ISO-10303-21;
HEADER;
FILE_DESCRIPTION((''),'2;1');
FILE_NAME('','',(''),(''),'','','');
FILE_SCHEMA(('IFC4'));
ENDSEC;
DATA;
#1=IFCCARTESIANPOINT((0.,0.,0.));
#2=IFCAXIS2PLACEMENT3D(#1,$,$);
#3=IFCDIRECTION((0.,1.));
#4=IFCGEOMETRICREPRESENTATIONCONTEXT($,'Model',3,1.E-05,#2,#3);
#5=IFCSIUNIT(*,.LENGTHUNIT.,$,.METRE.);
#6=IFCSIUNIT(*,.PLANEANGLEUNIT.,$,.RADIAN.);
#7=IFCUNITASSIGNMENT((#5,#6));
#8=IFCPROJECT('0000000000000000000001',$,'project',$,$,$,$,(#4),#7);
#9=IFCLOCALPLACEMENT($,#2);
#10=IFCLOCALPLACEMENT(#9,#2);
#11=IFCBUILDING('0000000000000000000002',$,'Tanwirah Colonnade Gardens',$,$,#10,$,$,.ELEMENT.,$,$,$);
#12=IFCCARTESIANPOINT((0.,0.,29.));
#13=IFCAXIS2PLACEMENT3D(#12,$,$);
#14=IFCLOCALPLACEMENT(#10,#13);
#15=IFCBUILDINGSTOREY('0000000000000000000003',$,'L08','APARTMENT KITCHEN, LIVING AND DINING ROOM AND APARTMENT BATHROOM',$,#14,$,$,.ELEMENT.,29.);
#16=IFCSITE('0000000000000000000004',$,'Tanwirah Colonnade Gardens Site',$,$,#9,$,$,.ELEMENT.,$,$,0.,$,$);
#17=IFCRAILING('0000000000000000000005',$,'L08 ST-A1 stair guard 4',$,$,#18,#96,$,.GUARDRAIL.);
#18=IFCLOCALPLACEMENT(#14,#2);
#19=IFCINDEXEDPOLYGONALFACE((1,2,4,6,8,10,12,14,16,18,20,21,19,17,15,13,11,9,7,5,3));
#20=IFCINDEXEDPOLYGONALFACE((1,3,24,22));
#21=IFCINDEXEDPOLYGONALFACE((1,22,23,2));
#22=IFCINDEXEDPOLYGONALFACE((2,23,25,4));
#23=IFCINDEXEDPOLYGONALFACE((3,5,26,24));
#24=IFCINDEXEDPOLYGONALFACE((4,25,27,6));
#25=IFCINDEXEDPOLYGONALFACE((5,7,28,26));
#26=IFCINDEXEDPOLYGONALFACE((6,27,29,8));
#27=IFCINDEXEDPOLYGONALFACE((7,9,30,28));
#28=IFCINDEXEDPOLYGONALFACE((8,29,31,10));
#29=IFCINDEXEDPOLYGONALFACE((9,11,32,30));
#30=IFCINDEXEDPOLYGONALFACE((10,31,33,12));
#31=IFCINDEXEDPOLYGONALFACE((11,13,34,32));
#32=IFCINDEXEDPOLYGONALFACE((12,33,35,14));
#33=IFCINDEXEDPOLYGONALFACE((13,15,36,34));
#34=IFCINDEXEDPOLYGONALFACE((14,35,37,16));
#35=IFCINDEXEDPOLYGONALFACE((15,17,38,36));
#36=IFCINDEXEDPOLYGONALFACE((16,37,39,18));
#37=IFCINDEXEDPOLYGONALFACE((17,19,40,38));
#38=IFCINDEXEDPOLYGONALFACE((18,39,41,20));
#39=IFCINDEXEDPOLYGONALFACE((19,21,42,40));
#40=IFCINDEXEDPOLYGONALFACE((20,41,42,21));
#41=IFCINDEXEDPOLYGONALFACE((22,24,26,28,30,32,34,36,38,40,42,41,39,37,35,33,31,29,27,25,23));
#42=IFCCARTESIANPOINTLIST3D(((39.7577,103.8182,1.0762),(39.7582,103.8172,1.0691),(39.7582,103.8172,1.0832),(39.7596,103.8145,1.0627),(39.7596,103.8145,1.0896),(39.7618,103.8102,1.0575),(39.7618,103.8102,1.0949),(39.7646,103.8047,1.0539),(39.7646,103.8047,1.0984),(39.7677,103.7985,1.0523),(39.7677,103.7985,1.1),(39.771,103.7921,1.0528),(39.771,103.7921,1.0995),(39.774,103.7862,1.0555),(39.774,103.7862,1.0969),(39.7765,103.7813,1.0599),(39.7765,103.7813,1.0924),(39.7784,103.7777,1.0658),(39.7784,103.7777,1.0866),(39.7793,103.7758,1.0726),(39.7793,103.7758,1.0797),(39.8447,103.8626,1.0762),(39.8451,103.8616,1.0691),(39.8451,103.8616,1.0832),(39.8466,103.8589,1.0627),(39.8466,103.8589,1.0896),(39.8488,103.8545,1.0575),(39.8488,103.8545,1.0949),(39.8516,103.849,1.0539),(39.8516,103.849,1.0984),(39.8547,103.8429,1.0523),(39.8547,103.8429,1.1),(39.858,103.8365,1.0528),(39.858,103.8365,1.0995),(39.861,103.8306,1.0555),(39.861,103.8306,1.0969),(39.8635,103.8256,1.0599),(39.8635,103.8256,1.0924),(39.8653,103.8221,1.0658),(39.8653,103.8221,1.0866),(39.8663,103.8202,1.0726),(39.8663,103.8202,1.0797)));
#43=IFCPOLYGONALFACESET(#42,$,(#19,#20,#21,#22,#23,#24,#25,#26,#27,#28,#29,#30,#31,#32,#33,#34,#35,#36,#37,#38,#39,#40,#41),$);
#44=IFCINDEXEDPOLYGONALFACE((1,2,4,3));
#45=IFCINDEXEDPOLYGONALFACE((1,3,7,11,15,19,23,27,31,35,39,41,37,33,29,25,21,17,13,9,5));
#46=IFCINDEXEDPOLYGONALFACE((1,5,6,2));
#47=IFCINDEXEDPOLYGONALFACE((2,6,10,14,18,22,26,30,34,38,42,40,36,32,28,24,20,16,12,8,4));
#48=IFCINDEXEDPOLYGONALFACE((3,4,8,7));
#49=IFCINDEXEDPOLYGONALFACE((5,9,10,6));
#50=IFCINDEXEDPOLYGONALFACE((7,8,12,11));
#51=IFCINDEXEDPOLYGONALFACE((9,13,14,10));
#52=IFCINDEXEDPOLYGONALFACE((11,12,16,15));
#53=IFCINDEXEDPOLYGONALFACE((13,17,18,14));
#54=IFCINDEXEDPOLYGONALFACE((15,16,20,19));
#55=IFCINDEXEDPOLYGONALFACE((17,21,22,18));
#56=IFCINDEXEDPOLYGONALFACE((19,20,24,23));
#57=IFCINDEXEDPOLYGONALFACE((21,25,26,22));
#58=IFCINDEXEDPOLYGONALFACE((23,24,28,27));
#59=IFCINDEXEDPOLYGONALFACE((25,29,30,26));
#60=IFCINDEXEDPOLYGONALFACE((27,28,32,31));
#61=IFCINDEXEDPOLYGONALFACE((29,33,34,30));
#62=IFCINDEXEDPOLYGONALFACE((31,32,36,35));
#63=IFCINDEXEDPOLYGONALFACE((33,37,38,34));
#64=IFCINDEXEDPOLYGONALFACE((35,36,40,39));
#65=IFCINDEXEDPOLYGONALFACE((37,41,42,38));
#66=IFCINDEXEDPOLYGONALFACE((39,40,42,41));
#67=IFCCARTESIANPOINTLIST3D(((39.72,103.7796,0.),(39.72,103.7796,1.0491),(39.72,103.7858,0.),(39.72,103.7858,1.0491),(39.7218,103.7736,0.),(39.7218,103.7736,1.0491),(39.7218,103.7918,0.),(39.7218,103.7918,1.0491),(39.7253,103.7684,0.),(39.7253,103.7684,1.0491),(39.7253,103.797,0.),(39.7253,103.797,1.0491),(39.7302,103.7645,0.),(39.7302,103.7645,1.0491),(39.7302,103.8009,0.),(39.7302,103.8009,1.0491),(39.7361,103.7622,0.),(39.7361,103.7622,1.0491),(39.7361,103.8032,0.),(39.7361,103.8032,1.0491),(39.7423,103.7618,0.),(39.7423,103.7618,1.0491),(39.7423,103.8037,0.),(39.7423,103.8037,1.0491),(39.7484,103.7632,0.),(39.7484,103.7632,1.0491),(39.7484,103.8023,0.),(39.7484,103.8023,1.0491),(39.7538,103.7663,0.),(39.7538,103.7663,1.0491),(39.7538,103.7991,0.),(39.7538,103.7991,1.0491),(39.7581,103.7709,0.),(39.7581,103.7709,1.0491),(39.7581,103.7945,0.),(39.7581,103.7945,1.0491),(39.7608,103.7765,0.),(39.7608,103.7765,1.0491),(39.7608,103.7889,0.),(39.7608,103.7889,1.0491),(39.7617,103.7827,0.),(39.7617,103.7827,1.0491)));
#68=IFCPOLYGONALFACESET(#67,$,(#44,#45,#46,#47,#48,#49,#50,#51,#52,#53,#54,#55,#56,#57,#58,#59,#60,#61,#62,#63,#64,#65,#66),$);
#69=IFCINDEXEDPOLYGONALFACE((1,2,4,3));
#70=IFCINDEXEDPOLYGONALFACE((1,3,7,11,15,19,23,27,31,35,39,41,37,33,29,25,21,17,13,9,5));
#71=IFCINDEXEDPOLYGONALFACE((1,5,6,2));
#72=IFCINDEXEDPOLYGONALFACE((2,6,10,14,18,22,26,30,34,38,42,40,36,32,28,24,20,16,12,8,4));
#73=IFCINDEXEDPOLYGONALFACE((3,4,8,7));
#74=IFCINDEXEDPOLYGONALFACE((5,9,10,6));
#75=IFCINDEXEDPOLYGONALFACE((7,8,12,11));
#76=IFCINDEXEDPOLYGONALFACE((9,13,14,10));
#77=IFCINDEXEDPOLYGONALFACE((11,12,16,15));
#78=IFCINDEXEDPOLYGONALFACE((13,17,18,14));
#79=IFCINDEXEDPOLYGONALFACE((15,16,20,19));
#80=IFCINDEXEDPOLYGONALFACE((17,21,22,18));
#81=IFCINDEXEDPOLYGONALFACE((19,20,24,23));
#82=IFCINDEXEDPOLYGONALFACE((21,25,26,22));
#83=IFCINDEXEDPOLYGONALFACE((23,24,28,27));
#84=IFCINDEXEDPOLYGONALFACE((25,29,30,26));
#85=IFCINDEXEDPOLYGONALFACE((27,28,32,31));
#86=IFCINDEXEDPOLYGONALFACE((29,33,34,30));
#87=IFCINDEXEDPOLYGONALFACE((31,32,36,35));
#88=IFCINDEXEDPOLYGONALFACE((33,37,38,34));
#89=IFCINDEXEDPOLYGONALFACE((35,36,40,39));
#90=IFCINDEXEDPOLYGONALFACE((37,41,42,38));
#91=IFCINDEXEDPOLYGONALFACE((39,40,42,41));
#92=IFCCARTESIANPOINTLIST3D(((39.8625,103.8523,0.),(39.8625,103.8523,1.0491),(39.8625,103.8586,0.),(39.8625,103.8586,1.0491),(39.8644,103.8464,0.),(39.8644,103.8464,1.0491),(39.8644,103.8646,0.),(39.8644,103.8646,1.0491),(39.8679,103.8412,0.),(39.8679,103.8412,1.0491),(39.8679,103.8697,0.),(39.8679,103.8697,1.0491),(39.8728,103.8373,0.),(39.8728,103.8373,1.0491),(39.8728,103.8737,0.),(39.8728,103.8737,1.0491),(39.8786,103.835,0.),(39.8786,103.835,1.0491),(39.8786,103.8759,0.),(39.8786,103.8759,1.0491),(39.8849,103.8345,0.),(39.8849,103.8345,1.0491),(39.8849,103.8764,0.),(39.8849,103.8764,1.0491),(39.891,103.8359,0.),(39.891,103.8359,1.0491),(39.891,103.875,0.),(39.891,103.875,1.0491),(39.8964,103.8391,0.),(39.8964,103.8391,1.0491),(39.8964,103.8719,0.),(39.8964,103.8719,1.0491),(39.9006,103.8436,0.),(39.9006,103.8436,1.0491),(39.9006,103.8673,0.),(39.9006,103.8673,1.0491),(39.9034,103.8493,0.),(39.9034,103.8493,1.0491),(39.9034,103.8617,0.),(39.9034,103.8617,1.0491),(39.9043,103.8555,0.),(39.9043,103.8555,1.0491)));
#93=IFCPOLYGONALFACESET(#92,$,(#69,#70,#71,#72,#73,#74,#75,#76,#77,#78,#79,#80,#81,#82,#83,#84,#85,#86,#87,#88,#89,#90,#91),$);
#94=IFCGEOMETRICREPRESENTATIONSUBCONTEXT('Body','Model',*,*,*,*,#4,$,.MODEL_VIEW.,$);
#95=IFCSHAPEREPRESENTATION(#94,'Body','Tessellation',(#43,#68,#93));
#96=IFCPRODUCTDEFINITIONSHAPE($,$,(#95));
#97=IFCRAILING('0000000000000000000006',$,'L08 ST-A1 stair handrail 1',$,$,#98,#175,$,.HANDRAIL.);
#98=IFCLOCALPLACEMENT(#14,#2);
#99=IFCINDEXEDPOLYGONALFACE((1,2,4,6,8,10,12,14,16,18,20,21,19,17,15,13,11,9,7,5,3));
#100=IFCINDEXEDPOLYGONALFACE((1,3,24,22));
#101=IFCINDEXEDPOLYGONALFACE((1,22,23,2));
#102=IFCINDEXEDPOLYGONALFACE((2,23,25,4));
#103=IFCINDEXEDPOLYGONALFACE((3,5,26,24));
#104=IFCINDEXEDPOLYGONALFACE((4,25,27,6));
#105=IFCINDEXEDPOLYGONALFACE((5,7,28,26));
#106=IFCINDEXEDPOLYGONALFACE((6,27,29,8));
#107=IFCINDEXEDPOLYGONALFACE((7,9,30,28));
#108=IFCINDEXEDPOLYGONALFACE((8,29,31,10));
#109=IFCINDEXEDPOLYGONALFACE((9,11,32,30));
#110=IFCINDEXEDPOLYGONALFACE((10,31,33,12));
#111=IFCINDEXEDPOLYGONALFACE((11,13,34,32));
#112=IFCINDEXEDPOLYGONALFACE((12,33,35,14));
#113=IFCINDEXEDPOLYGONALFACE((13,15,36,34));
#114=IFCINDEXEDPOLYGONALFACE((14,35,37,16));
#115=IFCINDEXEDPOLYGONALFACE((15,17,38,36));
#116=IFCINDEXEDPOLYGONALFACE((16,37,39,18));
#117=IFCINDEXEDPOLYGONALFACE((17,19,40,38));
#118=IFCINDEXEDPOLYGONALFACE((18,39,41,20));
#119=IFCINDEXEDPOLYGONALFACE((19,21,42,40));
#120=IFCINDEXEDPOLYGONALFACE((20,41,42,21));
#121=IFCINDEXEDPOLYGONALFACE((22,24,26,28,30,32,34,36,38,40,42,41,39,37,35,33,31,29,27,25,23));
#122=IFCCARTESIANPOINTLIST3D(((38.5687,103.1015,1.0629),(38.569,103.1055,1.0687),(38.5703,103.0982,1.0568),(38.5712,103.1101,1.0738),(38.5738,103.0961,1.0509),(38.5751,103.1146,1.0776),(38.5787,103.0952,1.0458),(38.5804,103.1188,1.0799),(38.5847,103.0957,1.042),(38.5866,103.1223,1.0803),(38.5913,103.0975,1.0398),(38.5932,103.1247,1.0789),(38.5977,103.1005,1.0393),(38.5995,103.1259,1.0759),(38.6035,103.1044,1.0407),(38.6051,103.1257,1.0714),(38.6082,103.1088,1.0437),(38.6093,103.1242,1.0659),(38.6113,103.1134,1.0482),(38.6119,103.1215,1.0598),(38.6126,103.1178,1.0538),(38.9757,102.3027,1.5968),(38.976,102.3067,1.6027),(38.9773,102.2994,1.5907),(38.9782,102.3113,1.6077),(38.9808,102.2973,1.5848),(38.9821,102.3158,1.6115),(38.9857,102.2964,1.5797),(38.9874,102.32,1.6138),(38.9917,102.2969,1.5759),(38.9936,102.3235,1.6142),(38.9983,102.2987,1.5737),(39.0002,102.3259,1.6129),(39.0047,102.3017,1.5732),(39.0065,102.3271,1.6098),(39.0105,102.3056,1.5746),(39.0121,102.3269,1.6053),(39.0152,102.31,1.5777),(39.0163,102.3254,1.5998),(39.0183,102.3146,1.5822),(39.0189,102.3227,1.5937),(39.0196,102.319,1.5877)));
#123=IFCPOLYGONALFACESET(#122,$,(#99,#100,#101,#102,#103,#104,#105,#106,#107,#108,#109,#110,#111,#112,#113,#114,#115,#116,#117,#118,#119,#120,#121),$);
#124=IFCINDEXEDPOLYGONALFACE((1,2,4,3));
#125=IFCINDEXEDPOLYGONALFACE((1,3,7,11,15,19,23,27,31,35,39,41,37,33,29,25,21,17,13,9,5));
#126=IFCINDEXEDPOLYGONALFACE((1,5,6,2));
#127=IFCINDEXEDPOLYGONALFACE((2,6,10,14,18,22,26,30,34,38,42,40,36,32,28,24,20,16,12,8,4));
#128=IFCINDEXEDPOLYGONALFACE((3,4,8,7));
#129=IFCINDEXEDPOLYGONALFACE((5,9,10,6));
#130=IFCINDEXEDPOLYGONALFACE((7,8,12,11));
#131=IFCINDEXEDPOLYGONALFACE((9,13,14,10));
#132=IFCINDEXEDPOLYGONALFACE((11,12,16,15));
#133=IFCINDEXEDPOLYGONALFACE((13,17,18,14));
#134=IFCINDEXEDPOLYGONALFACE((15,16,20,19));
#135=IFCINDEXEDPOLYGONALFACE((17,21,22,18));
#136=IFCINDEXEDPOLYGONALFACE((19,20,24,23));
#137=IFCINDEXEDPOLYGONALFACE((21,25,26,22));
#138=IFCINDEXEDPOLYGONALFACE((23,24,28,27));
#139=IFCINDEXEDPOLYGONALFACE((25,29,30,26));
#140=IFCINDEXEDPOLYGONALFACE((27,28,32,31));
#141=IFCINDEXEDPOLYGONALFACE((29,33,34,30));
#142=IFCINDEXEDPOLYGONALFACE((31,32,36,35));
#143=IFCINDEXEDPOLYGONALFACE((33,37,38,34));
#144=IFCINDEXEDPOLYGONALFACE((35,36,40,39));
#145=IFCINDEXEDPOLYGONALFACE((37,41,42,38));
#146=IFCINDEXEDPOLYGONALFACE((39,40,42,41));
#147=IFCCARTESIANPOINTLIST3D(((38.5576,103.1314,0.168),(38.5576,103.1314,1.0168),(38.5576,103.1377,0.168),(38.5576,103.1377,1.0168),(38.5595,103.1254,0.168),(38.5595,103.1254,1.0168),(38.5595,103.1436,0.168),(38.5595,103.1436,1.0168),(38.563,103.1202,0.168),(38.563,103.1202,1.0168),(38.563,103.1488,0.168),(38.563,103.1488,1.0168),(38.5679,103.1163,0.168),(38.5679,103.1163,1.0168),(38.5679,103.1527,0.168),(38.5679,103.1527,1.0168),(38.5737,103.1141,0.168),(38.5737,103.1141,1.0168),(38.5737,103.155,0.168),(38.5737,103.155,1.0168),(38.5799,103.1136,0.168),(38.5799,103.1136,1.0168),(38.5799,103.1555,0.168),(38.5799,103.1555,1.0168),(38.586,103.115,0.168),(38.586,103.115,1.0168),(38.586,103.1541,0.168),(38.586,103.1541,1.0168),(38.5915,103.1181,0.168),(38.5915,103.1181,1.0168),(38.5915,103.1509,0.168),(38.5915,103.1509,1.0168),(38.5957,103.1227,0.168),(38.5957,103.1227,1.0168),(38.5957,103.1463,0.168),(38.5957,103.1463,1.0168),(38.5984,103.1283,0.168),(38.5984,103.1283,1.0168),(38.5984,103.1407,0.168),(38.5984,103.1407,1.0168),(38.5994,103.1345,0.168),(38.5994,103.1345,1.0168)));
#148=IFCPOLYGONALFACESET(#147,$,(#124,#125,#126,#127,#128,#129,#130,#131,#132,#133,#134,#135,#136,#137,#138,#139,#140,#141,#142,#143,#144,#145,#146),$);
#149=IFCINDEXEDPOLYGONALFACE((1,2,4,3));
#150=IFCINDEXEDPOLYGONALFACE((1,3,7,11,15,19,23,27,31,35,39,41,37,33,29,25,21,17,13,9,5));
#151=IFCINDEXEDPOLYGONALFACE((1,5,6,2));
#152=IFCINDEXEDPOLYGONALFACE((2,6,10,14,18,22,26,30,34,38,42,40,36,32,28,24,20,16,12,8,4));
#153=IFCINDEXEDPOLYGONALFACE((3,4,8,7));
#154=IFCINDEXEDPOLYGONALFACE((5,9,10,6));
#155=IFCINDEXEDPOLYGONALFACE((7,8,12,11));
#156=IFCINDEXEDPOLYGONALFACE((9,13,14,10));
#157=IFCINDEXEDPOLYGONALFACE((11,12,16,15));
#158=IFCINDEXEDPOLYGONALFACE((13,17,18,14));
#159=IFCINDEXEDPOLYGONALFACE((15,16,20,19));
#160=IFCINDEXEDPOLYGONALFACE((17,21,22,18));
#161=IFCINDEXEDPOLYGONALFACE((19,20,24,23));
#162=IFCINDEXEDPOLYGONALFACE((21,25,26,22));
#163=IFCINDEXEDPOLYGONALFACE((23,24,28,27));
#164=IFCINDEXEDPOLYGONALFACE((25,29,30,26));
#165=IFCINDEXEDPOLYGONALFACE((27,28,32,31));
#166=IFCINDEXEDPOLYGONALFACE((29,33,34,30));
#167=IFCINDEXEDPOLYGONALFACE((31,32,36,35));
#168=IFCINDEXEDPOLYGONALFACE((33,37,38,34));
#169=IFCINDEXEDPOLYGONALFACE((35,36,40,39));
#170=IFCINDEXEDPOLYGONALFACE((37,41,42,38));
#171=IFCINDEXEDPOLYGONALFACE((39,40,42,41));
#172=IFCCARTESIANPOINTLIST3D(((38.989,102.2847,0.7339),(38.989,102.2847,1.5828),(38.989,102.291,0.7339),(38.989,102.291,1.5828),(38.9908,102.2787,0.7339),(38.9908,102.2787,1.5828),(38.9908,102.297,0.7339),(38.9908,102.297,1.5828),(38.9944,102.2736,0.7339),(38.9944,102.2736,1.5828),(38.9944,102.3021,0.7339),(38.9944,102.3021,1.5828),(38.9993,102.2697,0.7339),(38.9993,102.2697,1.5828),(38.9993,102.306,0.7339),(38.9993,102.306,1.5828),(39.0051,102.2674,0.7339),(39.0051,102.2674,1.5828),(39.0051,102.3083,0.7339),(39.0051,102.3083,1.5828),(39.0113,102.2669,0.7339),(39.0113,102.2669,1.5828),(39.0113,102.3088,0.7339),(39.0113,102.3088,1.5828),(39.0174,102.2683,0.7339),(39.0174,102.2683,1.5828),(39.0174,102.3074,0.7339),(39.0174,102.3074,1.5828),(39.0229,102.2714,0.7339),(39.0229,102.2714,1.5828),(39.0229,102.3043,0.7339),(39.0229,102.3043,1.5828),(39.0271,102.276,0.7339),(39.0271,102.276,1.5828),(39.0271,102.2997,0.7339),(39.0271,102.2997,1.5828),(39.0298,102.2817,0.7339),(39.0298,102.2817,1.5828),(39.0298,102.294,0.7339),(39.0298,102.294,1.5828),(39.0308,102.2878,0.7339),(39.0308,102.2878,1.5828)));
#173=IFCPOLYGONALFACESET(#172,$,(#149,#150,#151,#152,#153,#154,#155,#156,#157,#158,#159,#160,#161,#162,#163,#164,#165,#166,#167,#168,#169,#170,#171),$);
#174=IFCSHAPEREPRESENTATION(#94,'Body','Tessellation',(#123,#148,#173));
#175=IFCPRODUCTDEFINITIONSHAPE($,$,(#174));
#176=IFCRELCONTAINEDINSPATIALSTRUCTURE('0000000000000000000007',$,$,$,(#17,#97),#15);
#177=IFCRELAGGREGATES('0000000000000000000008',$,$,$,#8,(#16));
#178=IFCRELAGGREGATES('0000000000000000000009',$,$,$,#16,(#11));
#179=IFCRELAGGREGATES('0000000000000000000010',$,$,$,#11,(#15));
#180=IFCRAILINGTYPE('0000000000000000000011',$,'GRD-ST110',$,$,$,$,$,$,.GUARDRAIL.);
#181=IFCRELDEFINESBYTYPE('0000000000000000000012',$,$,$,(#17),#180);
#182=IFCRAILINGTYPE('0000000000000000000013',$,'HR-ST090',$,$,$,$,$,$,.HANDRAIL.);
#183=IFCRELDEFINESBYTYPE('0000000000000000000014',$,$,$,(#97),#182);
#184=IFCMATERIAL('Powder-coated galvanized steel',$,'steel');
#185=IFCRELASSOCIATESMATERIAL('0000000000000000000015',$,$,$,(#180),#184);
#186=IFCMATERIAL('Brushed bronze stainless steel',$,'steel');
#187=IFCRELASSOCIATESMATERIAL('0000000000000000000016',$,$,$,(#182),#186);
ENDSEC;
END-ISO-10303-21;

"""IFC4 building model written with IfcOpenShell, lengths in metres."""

from ifc_helpers import new_model, si_unit, direction, frame, origin, origin_2d, place, context, subcontext, project, spatial, circle, extrude, material, type_object, element, save


model = new_model("IFC4")

# Units and contexts
model_context = context("Model", 3, precision=1e-05, world=origin(), true_north=direction((0.0, 1.0)))
body_context = subcontext(model_context, "Body", "Model", "MODEL_VIEW")
ifc_project = project(units=[si_unit("LENGTHUNIT", "METRE"), si_unit("PLANEANGLEUNIT", "RADIAN")], contexts=[model_context])

# Site, building, storey
site_placement = place(None, origin())
site = spatial("IfcSite", under=ifc_project, at=site_placement, Name="Tanwirah Colonnade Gardens Site", CompositionType="ELEMENT", RefElevation=0.0)
building_placement = place(site_placement, origin())
building = spatial("IfcBuilding", under=site, at=building_placement, Name="Tanwirah Colonnade Gardens", CompositionType="ELEMENT")
storey_placement = place(building_placement, frame((0.0, 0.0, 29.0)))
storey = spatial("IfcBuildingStorey", under=building, at=storey_placement, Name="L08", Description="APARTMENT KITCHEN, LIVING AND DINING ROOM AND APARTMENT BATHROOM", CompositionType="ELEMENT", Elevation=29.0)

# Railings
ifc_material_1 = material(Name="Powder-coated galvanized steel", Category="steel")
railing_type_1 = type_object("IfcRailingType", Name="GRD-ST110", PredefinedType="GUARDRAIL", material=ifc_material_1)
railing_1_placement = place(storey_placement, frame((39.7407, 103.7827, 0.0)))
element("IfcRailing", 1, at=railing_1_placement, inside=storey, type_object=railing_type_1, Name="L08 ST-A1 stair guard 4", PredefinedType="GUARDRAIL", context=body_context, shape_type="SweptSolid", body=[
    extrude(circle(Radius=0.0239, at=origin_2d()), frame((0.0278, 0.0142, 1.0762), z_axis=(0.890737, 0.45452, 0.0), x_axis=(-0.45452, 0.890737, 0.0)), (0.0, 0.0, 1.0), 0.0977),
    extrude(circle(Radius=0.021, at=origin_2d()), origin(), (0.0, 0.0, 1.0), 1.0491),
    extrude(circle(Radius=0.021, at=origin_2d()), frame((0.1426, 0.0728, 0.0)), (0.0, 0.0, 1.0), 1.0491),
])
ifc_material_2 = material(Name="Brushed bronze stainless steel", Category="steel")
railing_type_2 = type_object("IfcRailingType", Name="HR-ST090", PredefinedType="HANDRAIL", material=ifc_material_2)
railing_2_placement = place(storey_placement, frame((38.5784, 103.1345, 0.168)))
element("IfcRailing", 2, at=railing_2_placement, inside=storey, type_object=railing_type_2, Name="L08 ST-A1 stair handrail 1", PredefinedType="HANDRAIL", context=body_context, shape_type="SweptSolid", body=[
    extrude(circle(Radius=0.0239, at=origin_2d()), frame((0.0122, -0.0239, 0.8918), z_axis=(0.390052, -0.765534, 0.511681), x_axis=(0.89101, 0.453984, 0.0)), (0.0, 0.0, 1.0), 1.0435),
    extrude(circle(Radius=0.021, at=origin_2d()), origin(), (0.0, 0.0, 1.0), 0.8489),
    extrude(circle(Radius=0.021, at=origin_2d()), frame((0.4314, -0.8467, 0.5659)), (0.0, 0.0, 1.0), 0.8489),
])

save(model, "model.ifc")
